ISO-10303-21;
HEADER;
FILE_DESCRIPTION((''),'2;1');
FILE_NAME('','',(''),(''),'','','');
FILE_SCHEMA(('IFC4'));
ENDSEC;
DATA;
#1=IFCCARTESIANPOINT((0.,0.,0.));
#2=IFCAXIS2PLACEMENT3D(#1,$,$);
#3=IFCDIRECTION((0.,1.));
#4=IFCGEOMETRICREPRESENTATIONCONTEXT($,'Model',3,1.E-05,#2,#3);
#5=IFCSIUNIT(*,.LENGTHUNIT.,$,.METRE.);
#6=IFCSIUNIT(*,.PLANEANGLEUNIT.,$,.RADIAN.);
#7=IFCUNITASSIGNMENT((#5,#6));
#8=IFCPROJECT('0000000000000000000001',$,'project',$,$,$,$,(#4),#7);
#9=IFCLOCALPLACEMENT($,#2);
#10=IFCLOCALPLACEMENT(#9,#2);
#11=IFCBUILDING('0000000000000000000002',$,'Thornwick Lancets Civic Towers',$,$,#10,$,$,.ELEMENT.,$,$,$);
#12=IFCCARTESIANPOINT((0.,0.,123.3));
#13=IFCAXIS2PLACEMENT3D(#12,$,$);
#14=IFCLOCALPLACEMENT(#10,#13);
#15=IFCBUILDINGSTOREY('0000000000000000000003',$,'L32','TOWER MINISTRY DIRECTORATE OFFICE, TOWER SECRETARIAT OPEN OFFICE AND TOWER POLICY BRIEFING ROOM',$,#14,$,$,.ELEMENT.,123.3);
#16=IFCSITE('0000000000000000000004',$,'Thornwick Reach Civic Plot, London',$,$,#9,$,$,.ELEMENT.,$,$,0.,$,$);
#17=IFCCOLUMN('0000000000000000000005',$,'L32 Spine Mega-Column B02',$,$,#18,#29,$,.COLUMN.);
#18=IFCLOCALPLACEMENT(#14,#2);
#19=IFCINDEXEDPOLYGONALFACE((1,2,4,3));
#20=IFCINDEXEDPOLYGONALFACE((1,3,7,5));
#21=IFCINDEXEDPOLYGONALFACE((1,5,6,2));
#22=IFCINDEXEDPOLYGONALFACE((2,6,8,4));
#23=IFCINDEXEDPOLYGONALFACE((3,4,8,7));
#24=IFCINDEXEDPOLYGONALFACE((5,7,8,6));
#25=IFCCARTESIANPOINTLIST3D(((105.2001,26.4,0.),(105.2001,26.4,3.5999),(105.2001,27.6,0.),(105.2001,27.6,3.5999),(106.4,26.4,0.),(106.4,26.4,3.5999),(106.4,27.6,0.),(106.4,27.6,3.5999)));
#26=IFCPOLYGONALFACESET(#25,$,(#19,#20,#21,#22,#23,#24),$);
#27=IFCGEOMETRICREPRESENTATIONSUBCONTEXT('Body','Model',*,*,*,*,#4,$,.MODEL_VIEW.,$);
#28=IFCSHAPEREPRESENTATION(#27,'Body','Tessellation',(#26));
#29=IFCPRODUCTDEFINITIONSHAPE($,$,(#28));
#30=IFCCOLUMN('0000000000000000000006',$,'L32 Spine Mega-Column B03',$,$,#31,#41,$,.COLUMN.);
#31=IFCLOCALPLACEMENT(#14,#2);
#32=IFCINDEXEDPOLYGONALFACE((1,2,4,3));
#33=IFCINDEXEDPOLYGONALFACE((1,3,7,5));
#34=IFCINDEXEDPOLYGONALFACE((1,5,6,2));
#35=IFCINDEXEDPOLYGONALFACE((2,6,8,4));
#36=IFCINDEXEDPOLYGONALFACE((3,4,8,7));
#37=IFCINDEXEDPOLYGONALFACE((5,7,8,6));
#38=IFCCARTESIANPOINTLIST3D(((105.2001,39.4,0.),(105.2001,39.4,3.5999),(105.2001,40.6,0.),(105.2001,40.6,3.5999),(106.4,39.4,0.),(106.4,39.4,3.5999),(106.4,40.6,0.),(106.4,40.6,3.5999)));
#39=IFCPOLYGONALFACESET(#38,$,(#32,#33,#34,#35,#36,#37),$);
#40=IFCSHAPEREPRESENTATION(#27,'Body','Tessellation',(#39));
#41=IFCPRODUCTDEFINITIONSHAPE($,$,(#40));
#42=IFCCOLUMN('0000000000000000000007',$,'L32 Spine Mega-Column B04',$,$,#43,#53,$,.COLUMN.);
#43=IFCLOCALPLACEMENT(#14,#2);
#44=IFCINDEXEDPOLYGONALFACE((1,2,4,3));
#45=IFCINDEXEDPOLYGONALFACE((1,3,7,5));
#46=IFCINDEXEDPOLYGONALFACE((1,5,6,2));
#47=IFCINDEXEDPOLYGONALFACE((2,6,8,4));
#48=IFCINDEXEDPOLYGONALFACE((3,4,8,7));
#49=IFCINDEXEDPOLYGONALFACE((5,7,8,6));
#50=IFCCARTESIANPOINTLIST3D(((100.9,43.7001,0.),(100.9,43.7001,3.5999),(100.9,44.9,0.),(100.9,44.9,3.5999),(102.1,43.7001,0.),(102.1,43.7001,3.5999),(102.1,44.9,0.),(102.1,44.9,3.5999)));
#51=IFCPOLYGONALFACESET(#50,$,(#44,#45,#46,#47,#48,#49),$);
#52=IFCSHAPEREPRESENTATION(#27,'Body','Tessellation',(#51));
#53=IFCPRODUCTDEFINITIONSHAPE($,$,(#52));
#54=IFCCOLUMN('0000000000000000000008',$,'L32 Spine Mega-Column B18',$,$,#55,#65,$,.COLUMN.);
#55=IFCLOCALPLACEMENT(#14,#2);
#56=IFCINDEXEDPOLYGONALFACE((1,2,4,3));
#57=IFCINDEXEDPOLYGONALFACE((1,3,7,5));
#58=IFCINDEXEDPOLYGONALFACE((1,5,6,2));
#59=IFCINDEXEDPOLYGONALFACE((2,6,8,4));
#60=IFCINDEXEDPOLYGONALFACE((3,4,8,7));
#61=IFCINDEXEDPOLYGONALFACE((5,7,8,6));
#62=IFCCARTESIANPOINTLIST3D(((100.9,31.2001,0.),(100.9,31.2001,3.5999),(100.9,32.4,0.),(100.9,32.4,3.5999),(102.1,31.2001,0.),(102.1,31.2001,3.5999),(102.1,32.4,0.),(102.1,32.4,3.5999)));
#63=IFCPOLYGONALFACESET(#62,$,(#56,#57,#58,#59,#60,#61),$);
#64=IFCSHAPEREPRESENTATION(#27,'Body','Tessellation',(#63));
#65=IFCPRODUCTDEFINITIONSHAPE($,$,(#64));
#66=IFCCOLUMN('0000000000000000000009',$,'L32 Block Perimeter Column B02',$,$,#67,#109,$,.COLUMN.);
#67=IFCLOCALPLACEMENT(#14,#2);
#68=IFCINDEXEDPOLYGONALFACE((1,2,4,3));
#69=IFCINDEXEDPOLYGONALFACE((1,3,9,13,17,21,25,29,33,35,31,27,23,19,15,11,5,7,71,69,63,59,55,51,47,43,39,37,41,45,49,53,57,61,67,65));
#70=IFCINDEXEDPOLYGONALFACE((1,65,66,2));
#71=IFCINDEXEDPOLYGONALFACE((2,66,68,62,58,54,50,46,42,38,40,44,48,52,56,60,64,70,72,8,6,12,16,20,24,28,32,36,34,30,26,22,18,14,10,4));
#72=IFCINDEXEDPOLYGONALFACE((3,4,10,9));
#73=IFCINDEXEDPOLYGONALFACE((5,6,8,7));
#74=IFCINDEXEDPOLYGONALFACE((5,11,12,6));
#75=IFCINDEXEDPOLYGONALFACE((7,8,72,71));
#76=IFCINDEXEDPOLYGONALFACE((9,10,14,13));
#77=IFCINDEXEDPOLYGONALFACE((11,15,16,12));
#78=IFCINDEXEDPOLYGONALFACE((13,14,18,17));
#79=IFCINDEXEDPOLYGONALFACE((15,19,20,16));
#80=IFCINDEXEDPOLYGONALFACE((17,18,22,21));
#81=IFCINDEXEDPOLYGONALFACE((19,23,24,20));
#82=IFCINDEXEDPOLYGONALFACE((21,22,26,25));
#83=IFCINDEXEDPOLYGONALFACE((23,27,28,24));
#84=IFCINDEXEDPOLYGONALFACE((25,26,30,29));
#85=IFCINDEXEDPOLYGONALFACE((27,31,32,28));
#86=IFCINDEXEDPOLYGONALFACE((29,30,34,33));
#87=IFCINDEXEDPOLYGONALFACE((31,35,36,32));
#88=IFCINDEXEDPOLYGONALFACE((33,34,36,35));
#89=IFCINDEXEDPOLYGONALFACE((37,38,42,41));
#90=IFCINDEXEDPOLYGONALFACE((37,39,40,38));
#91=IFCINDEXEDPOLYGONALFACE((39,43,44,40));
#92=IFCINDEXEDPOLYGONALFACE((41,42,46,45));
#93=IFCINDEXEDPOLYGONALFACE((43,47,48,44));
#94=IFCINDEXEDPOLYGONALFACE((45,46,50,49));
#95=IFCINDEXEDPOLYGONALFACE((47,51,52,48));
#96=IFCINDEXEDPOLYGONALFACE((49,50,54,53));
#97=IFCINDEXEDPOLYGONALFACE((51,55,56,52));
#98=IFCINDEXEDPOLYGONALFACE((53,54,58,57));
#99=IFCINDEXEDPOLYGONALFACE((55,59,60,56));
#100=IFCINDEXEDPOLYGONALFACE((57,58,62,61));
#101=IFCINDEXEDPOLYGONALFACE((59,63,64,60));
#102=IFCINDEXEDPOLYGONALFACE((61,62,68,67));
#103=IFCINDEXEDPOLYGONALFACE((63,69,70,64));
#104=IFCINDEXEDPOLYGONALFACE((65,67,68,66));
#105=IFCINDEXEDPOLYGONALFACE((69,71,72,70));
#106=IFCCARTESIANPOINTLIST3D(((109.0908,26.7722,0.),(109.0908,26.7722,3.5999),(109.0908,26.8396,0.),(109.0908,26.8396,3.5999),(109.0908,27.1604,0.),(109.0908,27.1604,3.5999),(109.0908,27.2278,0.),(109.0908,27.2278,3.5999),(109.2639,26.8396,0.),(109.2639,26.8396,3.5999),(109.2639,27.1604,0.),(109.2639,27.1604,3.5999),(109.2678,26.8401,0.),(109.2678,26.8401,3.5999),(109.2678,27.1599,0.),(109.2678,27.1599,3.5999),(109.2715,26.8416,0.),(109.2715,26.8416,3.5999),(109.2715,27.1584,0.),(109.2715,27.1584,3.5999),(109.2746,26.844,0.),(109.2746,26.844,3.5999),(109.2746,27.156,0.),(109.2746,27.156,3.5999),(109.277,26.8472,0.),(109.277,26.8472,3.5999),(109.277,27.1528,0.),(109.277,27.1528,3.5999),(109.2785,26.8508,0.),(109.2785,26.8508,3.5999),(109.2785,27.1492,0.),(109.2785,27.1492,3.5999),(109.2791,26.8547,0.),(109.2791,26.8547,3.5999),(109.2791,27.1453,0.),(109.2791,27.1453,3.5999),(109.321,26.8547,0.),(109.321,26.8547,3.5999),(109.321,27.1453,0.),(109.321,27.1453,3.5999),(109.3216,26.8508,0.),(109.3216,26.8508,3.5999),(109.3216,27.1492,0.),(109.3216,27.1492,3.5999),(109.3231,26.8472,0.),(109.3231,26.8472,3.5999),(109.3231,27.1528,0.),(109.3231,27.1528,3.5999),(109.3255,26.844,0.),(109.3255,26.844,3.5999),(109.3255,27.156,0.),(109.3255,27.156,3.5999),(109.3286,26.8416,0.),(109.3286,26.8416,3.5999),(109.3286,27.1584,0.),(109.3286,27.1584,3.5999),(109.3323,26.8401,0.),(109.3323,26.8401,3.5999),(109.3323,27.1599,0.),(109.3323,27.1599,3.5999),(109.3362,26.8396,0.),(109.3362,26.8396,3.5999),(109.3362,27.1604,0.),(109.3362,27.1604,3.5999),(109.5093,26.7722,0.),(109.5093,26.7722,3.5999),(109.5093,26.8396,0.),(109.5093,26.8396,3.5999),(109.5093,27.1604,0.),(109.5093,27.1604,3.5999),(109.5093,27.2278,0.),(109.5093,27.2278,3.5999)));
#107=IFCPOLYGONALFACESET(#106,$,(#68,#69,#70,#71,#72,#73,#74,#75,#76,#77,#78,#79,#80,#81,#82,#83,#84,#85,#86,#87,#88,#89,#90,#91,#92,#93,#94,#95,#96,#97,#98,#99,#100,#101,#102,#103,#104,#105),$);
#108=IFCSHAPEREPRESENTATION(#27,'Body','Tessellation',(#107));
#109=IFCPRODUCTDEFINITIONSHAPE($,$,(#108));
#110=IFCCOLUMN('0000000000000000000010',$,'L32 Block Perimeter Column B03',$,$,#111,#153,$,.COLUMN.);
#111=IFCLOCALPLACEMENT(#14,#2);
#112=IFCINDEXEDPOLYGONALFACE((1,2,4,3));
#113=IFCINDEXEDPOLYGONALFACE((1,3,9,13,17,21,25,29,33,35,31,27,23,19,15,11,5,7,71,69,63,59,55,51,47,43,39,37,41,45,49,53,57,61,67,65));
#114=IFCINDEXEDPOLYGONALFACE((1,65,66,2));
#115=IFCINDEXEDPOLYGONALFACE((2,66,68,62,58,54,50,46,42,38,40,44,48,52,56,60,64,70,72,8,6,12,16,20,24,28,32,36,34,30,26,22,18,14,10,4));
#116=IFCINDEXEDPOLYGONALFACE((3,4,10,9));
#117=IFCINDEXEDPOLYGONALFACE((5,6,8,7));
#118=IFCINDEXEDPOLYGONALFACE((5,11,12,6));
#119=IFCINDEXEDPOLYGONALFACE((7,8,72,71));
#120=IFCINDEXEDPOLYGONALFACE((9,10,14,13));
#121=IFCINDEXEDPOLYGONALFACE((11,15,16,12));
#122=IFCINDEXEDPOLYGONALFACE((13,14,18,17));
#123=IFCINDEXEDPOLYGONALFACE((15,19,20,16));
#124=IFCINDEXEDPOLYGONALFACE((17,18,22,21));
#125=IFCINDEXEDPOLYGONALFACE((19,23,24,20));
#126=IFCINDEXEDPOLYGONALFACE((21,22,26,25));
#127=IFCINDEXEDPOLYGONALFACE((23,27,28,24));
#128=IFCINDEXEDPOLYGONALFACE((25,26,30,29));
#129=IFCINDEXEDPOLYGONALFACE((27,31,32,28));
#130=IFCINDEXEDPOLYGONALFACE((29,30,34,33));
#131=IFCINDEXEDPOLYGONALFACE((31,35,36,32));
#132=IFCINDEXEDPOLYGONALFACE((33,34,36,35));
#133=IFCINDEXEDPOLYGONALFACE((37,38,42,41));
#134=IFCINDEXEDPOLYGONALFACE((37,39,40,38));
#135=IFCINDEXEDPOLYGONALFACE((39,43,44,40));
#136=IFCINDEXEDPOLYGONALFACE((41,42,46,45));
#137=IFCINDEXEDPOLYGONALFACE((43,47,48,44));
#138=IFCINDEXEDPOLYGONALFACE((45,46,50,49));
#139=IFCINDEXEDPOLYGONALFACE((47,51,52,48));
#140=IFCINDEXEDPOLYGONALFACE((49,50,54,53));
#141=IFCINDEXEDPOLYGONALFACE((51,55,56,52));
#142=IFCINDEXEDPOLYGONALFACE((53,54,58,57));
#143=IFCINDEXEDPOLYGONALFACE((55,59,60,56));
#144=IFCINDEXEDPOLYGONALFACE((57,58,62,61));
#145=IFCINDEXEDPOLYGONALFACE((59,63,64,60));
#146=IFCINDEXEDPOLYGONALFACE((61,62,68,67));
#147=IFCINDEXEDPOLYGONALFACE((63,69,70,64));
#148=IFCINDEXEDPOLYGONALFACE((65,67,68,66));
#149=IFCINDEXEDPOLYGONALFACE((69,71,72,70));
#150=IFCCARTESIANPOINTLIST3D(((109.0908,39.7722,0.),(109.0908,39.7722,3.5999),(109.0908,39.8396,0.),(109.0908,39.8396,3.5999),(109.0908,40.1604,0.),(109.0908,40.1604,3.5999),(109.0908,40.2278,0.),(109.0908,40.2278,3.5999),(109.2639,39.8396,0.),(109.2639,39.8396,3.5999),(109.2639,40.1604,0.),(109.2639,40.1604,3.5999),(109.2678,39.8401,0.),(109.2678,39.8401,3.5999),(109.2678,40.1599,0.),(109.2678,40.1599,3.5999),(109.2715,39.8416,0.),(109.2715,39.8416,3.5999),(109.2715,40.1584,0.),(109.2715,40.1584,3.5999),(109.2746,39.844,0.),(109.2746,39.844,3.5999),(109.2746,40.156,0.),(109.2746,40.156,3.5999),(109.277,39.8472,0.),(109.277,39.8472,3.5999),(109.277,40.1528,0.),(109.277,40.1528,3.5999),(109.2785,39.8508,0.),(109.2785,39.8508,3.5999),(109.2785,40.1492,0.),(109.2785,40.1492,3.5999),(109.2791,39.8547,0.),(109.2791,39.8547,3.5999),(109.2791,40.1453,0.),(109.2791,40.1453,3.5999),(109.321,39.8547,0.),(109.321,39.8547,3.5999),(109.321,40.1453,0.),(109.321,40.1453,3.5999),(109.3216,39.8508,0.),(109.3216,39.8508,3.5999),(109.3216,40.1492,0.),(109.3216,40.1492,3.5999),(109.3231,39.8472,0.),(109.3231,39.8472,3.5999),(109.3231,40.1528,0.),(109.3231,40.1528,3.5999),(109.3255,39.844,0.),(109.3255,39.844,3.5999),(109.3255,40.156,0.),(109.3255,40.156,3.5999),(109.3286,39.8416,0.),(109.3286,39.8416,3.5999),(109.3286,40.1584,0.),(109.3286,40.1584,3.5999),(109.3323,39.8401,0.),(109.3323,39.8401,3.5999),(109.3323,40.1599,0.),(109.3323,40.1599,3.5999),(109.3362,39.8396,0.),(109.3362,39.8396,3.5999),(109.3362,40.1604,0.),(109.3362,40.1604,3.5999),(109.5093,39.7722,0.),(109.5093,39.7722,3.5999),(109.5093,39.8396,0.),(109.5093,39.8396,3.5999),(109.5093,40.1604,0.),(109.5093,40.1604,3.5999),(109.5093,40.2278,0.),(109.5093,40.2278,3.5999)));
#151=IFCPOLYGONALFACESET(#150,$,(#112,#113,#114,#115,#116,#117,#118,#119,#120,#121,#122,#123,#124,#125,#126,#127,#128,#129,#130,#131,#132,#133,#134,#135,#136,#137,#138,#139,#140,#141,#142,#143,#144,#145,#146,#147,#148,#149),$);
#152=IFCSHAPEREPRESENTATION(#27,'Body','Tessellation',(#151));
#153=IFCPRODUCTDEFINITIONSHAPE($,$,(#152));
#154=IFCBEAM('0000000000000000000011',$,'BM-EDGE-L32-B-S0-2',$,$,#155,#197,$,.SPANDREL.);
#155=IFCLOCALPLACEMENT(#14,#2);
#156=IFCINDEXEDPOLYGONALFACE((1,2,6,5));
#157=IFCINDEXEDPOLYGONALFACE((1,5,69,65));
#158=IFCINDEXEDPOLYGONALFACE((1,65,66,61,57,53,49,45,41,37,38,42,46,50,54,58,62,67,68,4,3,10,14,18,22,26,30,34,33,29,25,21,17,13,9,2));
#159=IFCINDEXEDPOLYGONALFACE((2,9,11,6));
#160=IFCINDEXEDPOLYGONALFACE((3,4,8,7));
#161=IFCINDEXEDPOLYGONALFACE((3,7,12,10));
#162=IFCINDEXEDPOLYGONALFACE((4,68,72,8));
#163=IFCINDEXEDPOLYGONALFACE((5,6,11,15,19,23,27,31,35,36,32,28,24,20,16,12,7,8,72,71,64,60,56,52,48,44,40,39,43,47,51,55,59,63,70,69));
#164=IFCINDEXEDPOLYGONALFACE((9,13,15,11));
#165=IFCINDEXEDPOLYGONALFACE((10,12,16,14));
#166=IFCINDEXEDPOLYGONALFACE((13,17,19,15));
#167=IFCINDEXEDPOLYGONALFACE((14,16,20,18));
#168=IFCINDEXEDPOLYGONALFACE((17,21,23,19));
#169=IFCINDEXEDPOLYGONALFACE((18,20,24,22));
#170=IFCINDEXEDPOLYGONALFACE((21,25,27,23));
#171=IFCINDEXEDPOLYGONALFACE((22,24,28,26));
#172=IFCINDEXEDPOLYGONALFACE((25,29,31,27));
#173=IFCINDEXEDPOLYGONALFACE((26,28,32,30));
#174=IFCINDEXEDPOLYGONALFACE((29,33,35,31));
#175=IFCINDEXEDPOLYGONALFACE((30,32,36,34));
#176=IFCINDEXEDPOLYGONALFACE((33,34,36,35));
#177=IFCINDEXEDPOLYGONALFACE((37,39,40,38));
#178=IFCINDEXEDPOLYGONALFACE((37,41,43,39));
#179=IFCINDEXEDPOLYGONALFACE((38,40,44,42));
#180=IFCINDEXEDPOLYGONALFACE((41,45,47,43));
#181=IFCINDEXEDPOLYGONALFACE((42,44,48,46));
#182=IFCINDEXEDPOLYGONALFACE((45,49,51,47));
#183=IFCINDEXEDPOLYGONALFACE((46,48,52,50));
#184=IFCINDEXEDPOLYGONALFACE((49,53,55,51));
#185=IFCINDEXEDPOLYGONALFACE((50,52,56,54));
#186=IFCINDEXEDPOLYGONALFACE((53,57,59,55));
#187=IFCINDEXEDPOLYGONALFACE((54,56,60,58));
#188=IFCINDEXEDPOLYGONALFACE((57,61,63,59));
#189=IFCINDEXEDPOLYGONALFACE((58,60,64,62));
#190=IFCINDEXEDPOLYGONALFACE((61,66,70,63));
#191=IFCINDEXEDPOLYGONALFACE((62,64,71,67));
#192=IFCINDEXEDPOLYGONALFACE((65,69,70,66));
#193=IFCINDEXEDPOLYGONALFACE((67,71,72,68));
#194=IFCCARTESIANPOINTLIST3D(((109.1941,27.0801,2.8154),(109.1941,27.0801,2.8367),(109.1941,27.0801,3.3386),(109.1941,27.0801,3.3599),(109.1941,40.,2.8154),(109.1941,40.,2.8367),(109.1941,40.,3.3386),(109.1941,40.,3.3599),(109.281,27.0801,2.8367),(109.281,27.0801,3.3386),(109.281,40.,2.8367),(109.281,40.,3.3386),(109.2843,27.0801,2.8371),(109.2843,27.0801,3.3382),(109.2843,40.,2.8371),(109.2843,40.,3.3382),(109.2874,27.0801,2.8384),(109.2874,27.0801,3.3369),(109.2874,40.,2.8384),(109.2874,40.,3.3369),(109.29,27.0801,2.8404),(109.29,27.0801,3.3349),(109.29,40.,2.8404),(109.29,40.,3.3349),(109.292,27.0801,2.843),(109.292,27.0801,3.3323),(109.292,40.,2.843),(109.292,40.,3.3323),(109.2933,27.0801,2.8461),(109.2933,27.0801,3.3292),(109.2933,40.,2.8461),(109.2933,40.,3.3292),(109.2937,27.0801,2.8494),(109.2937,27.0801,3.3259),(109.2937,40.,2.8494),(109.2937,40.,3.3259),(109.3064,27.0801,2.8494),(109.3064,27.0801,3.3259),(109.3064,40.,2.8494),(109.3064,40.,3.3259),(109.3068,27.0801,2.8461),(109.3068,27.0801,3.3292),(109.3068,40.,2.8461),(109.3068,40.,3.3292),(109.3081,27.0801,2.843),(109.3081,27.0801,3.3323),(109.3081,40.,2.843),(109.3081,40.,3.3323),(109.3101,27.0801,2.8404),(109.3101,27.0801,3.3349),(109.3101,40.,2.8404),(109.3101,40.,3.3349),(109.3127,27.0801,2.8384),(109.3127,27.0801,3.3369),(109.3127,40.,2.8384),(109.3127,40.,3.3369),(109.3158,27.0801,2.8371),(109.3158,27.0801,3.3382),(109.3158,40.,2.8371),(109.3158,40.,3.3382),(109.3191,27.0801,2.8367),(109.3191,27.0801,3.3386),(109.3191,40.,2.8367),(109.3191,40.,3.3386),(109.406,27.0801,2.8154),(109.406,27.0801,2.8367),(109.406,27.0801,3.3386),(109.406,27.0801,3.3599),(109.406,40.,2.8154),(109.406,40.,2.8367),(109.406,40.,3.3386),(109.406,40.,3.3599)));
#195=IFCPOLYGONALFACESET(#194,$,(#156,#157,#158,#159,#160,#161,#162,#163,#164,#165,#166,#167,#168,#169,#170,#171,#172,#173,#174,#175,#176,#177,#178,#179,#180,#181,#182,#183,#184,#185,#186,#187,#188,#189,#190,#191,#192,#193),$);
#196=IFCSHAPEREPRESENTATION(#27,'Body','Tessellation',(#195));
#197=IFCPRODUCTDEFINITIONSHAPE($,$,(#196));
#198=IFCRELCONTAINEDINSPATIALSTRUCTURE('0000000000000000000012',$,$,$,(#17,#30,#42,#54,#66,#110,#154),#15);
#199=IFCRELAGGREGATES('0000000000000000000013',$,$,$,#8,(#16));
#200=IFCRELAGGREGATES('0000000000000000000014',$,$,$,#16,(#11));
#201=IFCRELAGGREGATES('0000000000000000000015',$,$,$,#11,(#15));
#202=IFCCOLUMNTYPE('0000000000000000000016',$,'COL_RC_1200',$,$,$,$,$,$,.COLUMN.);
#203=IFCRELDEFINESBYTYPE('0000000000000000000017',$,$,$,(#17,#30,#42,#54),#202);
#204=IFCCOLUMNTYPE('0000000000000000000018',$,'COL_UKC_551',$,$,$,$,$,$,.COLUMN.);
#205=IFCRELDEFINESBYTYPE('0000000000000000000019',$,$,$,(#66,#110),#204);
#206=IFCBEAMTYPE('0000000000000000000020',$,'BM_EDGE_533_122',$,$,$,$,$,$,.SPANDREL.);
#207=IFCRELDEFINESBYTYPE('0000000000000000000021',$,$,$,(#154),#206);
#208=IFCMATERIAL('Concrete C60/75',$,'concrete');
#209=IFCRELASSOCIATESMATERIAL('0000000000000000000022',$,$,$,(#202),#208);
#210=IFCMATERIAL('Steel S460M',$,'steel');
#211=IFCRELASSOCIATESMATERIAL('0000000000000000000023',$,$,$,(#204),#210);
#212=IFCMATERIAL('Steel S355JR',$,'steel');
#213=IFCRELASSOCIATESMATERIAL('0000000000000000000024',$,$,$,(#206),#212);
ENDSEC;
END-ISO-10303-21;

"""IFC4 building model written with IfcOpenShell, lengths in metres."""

from ifc_helpers import new_model, si_unit, direction, frame, origin, origin_2d, place, context, subcontext, project, spatial, rectangle, i_section, extrude, material, material_profile, profile_set, type_object, element, save


model = new_model("IFC4")

# Units and contexts
model_context = context("Model", 3, precision=1e-05, world=origin(), true_north=direction((0.0, 1.0)))
body_context = subcontext(model_context, "Body", "Model", "MODEL_VIEW")
ifc_project = project(units=[si_unit("LENGTHUNIT", "METRE"), si_unit("PLANEANGLEUNIT", "RADIAN")], contexts=[model_context])

# Site, building, storey
site_placement = place(None, origin())
site = spatial("IfcSite", under=ifc_project, at=site_placement, Name="Thornwick Reach Civic Plot, London", CompositionType="ELEMENT", RefElevation=0.0)
building_placement = place(site_placement, origin())
building = spatial("IfcBuilding", under=site, at=building_placement, Name="Thornwick Lancets Civic Towers", CompositionType="ELEMENT")
storey_placement = place(building_placement, frame((0.0, 0.0, 123.3)))
storey = spatial("IfcBuildingStorey", under=building, at=storey_placement, Name="L32", Description="TOWER MINISTRY DIRECTORATE OFFICE, TOWER SECRETARIAT OPEN OFFICE AND TOWER POLICY BRIEFING ROOM", CompositionType="ELEMENT", Elevation=123.3)

# Columns
ifc_material_1 = material(Name="Concrete C60/75", Category="concrete")
ifc_material_profile_1 = material_profile(ifc_material_1, rectangle(XDim=1.2, YDim=1.2, at=origin_2d()), Name="RC 1200x1200")
ifc_profile_set_1 = profile_set([ifc_material_profile_1], Name="Concrete C60/75")
column_type_1 = type_object("IfcColumnType", Name="COL_RC_1200", PredefinedType="COLUMN", material=ifc_profile_set_1)
for number, where, z_axis, x_axis, name in (
    (1, (105.8, 27.0, 0.0), (0.0, 0.0, 1.0), (1.0, 0.0, 0.0), "L32 Spine Mega-Column B02"),
    (2, (105.8, 40.0, 0.0), (0.0, 0.0, 1.0), (1.0, 0.0, 0.0), "L32 Spine Mega-Column B03"),
    (3, (101.5, 44.3, 0.0), (0.0, 0.0, 1.0), (1.0, 0.0, 0.0), "L32 Spine Mega-Column B04"),
    (4, (101.5, 31.8, 0.0), (0.0, 0.0, 1.0), (1.0, 0.0, 0.0), "L32 Spine Mega-Column B18"),
):
    element("IfcColumn", number, at=place(storey_placement, frame(where, z_axis=z_axis, x_axis=x_axis)), inside=storey, type_object=column_type_1, Name=name, PredefinedType="COLUMN", context=body_context, shape_type="SweptSolid", body=[
        extrude(rectangle(XDim=1.2, YDim=1.2, at=origin_2d()), origin(), (0.0, 0.0, 1.0), 3.5999),
    ])
ifc_material_2 = material(Name="Steel S460M", Category="steel")
ifc_material_profile_2 = material_profile(ifc_material_2, i_section(OverallWidth=0.4185, OverallDepth=0.4556, WebThickness=0.042, FlangeThickness=0.0674, FilletRadius=0.0151, at=origin_2d()), Name="UKC 356x406x551")
ifc_profile_set_2 = profile_set([ifc_material_profile_2], Name="Steel S460M")
column_type_2 = type_object("IfcColumnType", Name="COL_UKC_551", PredefinedType="COLUMN", material=ifc_profile_set_2)
for number, where, z_axis, x_axis, name in (
    (5, (109.3, 27.0, 0.0), (0.0, 0.0, 1.0), (1.0, 0.0, 0.0), "L32 Block Perimeter Column B02"),
    (6, (109.3, 40.0, 0.0), (0.0, 0.0, 1.0), (1.0, 0.0, 0.0), "L32 Block Perimeter Column B03"),
):
    element("IfcColumn", number, at=place(storey_placement, frame(where, z_axis=z_axis, x_axis=x_axis)), inside=storey, type_object=column_type_2, Name=name, PredefinedType="COLUMN", context=body_context, shape_type="SweptSolid", body=[
        extrude(i_section(OverallWidth=0.4185, OverallDepth=0.4556, WebThickness=0.042, FlangeThickness=0.0674, FilletRadius=0.0151, at=origin_2d()), origin(), (0.0, 0.0, 1.0), 3.5999),
    ])

# Beam
ifc_material_3 = material(Name="Steel S355JR", Category="steel")
ifc_material_profile_3 = material_profile(ifc_material_3, i_section(OverallWidth=0.2119, OverallDepth=0.5444, WebThickness=0.0127, FlangeThickness=0.0212, FilletRadius=0.0127, at=origin_2d()), Name="UKB 533x210x122")
ifc_profile_set_3 = profile_set([ifc_material_profile_3], Name="Steel S355JR")
beam_type_1 = type_object("IfcBeamType", Name="BM_EDGE_533_122", PredefinedType="SPANDREL", material=ifc_profile_set_3)
beam_1_placement = place(storey_placement, frame((109.3, 27.0801, 3.0876), z_axis=(0.0, 1.0, 0.0), x_axis=(-1.0, 0.0, 0.0)))
element("IfcBeam", 7, at=beam_1_placement, inside=storey, type_object=beam_type_1, Name="BM-EDGE-L32-B-S0-2", PredefinedType="SPANDREL", context=body_context, shape_type="SweptSolid", body=[
    extrude(i_section(OverallWidth=0.2119, OverallDepth=0.5444, WebThickness=0.0127, FlangeThickness=0.0212, FilletRadius=0.0127, at=origin_2d()), origin(), (0.0, 0.0, 1.0), 12.9199),
])

save(model, "model.ifc")
